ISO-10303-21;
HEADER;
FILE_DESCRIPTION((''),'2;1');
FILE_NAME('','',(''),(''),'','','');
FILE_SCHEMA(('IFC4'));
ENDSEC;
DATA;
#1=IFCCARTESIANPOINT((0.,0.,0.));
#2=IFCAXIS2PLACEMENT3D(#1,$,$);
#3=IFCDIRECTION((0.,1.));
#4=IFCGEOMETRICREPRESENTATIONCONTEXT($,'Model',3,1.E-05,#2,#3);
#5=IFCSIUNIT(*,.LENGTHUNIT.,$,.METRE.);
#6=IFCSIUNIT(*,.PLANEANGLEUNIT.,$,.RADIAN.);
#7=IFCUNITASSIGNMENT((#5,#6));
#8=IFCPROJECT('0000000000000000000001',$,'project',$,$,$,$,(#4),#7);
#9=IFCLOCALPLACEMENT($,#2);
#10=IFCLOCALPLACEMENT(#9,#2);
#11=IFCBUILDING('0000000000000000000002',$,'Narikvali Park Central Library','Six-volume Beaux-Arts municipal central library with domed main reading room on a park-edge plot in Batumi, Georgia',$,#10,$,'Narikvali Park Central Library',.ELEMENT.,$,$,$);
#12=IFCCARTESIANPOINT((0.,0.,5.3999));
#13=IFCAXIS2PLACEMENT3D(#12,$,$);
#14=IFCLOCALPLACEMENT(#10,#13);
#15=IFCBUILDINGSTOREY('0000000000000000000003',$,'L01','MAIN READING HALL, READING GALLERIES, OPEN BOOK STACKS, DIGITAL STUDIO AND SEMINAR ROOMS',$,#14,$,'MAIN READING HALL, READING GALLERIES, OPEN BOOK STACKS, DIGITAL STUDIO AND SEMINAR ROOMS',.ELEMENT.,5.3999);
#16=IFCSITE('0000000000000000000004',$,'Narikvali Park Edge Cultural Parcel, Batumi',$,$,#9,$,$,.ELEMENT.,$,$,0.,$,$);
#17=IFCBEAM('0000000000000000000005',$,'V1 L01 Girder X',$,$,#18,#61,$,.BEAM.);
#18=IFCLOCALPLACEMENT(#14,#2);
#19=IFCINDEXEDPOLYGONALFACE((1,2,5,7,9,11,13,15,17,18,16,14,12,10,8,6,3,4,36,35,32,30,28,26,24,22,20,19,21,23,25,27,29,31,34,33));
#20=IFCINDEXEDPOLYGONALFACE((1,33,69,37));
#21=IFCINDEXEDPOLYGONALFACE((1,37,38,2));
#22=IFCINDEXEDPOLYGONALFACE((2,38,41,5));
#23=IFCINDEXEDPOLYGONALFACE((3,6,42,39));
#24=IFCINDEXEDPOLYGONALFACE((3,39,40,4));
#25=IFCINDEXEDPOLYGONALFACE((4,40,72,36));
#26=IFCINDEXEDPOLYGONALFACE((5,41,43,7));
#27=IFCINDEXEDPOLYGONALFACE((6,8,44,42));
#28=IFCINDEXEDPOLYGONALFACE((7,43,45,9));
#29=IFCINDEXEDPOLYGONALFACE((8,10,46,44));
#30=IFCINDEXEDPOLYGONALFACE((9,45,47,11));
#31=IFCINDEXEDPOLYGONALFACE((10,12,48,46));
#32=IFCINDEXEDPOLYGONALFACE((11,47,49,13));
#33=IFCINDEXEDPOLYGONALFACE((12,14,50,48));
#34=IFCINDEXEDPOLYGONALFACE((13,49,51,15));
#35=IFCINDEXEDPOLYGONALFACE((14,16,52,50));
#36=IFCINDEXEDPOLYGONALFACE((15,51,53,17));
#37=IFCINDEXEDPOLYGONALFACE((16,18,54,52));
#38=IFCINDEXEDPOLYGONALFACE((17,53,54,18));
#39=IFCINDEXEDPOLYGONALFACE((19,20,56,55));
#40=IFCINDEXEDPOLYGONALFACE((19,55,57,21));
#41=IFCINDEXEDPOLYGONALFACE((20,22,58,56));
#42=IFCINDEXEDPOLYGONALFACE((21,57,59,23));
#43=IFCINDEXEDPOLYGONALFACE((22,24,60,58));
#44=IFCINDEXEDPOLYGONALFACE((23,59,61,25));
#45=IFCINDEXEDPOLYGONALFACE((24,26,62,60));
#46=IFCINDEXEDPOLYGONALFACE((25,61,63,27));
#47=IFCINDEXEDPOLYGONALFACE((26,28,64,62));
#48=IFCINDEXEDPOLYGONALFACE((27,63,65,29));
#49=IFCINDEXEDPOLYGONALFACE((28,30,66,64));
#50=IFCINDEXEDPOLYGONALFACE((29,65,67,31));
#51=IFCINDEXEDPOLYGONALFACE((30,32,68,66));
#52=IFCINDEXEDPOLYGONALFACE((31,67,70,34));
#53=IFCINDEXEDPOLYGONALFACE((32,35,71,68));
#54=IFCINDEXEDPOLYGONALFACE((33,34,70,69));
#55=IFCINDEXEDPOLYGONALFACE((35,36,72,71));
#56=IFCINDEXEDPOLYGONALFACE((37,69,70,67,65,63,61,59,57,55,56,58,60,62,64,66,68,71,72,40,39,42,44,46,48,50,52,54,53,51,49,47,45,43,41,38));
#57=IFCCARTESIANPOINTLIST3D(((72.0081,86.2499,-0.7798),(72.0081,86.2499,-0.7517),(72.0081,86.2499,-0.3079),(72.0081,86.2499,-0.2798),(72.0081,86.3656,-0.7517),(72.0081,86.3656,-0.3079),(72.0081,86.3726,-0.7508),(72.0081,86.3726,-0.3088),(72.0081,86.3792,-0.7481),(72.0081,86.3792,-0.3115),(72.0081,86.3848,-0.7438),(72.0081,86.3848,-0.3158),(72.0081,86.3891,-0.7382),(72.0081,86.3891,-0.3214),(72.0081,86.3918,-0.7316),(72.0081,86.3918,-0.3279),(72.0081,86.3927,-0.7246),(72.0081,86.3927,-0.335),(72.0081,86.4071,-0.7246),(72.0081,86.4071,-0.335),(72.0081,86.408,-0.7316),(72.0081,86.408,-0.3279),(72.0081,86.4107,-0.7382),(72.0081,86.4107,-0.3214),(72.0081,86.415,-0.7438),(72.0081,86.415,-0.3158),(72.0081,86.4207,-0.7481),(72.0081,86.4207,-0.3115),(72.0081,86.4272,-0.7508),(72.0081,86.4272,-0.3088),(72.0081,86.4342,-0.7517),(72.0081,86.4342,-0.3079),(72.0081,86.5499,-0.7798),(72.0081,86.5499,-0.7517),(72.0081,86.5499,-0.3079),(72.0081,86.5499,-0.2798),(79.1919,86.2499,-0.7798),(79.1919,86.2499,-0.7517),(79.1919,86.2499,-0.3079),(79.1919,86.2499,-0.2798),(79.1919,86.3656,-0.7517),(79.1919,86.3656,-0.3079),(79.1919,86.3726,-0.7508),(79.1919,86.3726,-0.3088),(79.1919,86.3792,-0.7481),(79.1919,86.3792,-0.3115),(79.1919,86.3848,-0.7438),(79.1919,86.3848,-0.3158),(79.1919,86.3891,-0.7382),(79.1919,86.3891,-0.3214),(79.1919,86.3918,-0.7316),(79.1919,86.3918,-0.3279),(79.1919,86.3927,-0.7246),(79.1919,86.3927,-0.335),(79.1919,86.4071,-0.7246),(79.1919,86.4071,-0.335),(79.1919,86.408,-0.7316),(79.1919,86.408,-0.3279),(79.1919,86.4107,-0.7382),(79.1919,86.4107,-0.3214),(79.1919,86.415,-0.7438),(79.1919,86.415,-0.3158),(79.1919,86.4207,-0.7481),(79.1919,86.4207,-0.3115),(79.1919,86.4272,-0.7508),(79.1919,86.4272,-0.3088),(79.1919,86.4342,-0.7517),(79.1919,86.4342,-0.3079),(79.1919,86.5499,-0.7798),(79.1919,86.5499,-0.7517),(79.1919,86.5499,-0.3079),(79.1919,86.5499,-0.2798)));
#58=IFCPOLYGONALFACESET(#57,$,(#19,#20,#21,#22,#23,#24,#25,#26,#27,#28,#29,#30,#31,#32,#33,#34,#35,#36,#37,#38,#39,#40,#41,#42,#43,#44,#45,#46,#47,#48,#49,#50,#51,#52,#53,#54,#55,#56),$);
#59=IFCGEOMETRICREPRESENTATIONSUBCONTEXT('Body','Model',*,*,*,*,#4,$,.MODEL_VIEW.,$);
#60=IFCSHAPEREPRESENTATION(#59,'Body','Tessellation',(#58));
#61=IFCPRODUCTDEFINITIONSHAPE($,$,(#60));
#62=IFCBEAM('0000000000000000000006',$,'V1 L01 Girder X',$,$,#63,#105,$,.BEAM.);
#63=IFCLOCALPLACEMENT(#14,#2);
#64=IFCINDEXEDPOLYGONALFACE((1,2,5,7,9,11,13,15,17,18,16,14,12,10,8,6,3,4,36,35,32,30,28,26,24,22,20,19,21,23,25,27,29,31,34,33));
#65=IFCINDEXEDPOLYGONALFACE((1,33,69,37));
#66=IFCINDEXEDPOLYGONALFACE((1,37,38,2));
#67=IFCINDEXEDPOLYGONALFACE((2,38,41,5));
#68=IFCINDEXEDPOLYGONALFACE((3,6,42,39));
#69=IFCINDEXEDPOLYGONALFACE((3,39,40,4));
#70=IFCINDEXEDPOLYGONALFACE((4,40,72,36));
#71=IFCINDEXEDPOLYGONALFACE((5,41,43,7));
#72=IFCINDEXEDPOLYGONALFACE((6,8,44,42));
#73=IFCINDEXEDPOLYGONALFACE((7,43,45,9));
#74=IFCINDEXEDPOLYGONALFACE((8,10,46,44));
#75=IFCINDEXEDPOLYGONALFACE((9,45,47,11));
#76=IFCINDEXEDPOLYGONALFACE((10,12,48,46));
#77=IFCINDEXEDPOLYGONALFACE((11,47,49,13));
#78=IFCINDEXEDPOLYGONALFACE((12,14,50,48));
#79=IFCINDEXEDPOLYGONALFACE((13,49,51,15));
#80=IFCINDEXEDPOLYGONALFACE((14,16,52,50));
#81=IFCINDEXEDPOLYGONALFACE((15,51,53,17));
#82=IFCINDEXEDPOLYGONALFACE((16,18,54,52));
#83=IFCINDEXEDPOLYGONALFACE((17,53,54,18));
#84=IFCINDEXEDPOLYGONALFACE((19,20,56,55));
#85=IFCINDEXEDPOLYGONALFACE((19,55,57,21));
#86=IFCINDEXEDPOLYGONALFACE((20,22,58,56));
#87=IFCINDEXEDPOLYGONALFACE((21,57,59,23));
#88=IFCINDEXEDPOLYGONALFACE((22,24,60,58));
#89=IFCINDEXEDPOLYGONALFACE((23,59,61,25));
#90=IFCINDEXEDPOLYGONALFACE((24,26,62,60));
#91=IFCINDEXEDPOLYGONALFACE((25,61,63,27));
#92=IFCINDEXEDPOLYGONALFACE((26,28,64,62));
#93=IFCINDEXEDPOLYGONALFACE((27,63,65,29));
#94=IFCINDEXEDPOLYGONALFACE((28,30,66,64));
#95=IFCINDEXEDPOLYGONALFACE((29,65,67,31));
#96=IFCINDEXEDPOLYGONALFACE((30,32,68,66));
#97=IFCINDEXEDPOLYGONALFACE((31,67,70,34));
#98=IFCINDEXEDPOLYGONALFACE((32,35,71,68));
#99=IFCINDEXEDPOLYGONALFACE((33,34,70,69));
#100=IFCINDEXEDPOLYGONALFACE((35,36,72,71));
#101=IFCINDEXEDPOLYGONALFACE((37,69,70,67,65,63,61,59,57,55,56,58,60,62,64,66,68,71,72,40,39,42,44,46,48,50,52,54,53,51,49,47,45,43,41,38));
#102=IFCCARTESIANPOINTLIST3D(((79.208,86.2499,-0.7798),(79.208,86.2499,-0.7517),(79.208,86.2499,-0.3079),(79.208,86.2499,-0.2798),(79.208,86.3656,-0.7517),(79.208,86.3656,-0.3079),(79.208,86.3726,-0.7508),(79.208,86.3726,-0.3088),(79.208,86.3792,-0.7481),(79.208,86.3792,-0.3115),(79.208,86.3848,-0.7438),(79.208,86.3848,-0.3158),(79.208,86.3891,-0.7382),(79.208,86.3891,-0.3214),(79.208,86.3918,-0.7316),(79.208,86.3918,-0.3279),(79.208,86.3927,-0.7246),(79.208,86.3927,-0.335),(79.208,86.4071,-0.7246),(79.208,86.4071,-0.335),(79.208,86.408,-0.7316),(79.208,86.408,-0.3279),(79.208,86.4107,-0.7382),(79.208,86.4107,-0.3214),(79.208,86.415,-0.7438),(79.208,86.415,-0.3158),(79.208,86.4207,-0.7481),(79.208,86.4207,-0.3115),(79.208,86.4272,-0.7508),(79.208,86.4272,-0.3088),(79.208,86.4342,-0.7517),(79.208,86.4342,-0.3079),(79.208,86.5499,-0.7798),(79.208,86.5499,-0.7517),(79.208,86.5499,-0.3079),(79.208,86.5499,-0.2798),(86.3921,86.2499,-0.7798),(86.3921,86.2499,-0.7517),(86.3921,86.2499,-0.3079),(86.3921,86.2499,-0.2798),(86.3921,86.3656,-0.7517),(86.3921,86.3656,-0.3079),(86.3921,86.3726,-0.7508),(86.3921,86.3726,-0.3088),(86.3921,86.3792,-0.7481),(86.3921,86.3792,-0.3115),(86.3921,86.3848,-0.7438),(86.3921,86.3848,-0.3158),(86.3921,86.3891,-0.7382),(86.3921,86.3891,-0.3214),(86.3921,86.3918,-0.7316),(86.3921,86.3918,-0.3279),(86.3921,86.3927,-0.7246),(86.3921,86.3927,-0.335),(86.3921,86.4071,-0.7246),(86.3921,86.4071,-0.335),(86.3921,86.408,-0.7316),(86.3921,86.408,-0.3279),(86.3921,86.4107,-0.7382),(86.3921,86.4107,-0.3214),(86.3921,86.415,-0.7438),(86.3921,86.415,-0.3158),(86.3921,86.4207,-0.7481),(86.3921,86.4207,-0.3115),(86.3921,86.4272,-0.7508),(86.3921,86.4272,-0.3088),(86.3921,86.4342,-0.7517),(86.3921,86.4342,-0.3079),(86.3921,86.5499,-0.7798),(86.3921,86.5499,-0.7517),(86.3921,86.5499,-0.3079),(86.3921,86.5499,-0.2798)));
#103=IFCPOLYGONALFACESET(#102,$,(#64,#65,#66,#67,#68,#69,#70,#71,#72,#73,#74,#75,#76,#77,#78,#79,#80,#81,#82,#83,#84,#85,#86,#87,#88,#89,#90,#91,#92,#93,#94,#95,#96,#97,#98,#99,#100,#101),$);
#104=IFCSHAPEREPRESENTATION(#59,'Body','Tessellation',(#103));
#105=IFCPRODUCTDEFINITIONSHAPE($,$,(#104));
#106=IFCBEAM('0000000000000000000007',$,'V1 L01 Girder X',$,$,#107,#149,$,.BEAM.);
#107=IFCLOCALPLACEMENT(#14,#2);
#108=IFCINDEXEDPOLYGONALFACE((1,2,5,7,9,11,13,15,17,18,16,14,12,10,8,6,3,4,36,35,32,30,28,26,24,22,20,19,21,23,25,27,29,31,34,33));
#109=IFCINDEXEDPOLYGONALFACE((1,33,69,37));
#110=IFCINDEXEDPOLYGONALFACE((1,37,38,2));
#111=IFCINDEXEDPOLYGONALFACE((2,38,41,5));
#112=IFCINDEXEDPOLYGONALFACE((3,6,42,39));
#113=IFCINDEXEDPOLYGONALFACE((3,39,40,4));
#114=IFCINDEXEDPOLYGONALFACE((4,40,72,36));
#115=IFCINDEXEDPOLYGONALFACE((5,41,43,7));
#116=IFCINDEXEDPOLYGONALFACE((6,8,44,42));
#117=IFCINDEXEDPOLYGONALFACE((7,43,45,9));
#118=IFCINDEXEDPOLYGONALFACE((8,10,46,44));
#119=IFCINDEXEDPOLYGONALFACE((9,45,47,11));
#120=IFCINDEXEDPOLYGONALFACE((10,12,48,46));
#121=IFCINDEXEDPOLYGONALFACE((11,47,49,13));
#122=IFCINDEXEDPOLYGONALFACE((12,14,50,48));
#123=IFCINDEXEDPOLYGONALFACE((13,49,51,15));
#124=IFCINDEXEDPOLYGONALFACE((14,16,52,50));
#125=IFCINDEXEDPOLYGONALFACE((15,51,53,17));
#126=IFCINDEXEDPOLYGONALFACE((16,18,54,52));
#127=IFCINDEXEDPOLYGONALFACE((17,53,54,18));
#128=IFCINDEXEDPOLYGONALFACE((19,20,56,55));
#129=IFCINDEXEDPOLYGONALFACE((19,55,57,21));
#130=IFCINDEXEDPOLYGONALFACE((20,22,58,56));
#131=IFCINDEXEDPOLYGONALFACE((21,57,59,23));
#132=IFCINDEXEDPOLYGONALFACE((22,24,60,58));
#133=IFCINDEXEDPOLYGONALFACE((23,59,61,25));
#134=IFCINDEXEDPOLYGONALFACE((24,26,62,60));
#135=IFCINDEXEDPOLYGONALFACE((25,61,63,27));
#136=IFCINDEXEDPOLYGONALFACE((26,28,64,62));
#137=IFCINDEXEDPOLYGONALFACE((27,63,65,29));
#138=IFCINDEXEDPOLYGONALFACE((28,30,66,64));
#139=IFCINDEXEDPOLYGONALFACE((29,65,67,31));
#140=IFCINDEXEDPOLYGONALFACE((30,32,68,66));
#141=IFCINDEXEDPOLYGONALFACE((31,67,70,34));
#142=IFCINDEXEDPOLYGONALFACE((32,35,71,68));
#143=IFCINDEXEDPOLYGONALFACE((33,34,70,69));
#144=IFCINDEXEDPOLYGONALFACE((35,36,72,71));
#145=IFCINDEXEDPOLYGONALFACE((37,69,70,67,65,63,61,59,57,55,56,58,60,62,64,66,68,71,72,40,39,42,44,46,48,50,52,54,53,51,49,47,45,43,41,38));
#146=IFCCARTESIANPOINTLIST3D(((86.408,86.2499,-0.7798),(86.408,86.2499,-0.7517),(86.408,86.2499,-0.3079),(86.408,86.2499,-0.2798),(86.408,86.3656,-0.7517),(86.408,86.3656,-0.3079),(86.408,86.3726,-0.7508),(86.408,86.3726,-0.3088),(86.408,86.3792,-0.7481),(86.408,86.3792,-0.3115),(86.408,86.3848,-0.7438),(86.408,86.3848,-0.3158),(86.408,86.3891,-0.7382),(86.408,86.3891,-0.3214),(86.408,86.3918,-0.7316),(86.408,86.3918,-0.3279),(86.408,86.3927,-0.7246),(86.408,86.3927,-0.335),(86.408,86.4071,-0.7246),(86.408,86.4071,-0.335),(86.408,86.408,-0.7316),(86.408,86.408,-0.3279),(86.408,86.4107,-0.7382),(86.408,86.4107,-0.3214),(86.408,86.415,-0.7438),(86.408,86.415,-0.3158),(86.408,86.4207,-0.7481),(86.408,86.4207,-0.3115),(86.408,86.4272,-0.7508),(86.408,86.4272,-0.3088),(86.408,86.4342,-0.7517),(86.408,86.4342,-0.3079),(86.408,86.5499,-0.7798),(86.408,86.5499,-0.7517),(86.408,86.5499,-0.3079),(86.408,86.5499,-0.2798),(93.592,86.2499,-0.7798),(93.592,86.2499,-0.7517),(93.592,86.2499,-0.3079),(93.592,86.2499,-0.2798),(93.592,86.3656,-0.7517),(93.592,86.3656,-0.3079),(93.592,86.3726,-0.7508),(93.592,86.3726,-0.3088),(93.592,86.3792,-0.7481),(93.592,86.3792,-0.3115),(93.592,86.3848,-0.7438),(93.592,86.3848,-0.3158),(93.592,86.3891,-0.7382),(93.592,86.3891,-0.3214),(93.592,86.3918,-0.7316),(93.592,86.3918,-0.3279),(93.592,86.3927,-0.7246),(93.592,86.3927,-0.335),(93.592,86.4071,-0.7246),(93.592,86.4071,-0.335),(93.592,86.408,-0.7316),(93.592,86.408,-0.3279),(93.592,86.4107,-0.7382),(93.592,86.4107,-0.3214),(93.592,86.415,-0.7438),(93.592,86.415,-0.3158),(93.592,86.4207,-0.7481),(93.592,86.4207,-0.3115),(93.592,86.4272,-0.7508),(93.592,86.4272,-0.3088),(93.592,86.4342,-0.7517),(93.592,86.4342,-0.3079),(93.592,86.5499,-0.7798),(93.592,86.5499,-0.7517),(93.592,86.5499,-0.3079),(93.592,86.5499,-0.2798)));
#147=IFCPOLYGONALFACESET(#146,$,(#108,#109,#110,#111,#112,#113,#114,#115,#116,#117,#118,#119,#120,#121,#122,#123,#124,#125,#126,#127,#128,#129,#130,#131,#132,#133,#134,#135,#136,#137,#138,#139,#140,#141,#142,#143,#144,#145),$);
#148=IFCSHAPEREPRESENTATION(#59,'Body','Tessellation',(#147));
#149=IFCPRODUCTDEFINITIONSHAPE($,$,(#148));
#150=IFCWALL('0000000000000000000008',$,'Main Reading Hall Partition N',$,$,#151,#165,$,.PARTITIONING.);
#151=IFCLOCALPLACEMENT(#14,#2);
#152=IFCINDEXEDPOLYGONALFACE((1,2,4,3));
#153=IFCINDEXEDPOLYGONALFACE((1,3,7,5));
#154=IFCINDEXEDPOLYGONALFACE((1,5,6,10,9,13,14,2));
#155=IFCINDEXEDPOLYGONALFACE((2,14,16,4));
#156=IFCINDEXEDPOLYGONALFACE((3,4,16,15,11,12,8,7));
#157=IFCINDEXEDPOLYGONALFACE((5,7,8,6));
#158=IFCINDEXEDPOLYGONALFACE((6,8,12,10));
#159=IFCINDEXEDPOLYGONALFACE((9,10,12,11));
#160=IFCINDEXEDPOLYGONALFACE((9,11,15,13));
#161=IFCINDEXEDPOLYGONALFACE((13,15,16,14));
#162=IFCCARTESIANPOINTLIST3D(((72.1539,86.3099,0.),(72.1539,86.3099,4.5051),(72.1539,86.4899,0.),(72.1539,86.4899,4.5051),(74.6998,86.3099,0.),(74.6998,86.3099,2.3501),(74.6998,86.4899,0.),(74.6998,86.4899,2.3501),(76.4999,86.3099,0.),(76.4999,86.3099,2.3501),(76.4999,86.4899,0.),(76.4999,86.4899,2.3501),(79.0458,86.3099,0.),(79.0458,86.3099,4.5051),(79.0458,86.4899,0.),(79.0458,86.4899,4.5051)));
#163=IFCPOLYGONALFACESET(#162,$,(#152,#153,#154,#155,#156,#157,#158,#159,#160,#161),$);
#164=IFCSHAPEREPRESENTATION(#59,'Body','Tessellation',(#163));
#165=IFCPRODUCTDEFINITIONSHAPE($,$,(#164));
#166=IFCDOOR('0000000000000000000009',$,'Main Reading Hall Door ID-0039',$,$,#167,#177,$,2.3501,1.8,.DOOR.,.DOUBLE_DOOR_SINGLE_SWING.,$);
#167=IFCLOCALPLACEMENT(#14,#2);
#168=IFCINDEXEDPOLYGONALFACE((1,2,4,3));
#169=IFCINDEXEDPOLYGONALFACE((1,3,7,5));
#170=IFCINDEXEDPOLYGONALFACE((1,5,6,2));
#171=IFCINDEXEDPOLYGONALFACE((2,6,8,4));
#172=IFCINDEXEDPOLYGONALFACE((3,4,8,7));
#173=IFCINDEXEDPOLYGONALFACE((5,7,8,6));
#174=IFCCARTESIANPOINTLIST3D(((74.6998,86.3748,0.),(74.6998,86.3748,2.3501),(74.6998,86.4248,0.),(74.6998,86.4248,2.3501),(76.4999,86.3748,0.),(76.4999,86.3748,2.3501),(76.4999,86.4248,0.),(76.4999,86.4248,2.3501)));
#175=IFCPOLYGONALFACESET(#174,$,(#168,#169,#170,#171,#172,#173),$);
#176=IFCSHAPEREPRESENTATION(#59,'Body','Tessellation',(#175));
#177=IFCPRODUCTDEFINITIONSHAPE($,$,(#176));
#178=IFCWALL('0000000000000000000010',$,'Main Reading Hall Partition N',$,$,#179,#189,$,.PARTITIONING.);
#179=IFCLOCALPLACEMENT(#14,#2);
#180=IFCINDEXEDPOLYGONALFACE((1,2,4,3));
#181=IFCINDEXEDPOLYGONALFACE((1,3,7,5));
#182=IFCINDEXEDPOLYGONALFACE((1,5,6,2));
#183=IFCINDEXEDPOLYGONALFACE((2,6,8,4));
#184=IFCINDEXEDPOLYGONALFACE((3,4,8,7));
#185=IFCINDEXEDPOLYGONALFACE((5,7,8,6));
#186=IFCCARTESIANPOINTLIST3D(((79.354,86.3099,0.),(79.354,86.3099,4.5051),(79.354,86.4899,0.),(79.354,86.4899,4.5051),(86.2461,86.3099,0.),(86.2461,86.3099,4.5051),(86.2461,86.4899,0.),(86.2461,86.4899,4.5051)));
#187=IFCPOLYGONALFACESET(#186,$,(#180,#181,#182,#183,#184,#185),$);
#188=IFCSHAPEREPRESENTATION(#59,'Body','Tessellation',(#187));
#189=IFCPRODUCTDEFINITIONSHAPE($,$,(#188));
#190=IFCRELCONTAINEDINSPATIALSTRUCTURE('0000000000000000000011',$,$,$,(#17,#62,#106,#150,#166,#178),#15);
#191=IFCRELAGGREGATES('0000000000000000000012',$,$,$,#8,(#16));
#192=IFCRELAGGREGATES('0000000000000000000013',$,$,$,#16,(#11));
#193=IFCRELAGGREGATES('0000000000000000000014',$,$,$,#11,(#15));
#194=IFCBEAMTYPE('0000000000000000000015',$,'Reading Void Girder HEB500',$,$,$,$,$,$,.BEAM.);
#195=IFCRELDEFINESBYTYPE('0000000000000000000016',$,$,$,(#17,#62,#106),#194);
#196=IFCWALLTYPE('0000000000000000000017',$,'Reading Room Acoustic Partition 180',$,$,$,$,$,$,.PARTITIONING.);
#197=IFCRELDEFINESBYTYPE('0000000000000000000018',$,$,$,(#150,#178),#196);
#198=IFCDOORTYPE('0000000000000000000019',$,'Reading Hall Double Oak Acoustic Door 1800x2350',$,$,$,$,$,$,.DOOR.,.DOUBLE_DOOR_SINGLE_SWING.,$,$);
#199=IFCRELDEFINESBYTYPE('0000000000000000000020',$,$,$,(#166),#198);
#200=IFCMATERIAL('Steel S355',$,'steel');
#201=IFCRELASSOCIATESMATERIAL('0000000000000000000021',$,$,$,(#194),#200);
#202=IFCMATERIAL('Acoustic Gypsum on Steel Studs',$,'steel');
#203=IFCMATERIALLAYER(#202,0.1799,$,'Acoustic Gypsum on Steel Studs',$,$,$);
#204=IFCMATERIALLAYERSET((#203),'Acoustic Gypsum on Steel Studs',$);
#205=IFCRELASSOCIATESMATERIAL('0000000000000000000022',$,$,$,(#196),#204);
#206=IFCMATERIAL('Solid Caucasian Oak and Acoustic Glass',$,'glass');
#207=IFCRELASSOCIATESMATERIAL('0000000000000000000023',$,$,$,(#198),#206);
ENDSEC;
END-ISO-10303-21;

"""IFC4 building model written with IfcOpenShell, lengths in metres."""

from ifc_helpers import new_model, si_unit, direction, frame, frame_2d, origin, origin_2d, place, context, subcontext, project, spatial, rectangle, i_section, extrude, material, layer, layer_set, material_profile, profile_set, type_object, element, fill, save


model = new_model("IFC4")

# Units and contexts
model_context = context("Model", 3, precision=1e-05, world=origin(), true_north=direction((0.0, 1.0)))
body_context = subcontext(model_context, "Body", "Model", "MODEL_VIEW")
ifc_project = project(units=[si_unit("LENGTHUNIT", "METRE"), si_unit("PLANEANGLEUNIT", "RADIAN")], contexts=[model_context])

# Site, building, storey
site_placement = place(None, origin())
site = spatial("IfcSite", under=ifc_project, at=site_placement, Name="Narikvali Park Edge Cultural Parcel, Batumi", CompositionType="ELEMENT", RefElevation=0.0)
building_placement = place(site_placement, origin())
building = spatial("IfcBuilding", under=site, at=building_placement, Name="Narikvali Park Central Library", Description="Six-volume Beaux-Arts municipal central library with domed main reading room on a park-edge plot in Batumi, Georgia", LongName="Narikvali Park Central Library", CompositionType="ELEMENT")
storey_placement = place(building_placement, frame((0.0, 0.0, 5.3999)))
storey = spatial("IfcBuildingStorey", under=building, at=storey_placement, Name="L01", Description="MAIN READING HALL, READING GALLERIES, OPEN BOOK STACKS, DIGITAL STUDIO AND SEMINAR ROOMS", LongName="MAIN READING HALL, READING GALLERIES, OPEN BOOK STACKS, DIGITAL STUDIO AND SEMINAR ROOMS", CompositionType="ELEMENT", Elevation=5.3999)

# Shared definitions
ifc_material_1 = material(Name="Steel S355", Category="steel")

# Beams
ifc_material_profile_1 = material_profile(ifc_material_1, i_section(OverallWidth=0.3, OverallDepth=0.5, WebThickness=0.0144, FlangeThickness=0.0281, FilletRadius=0.0271, at=origin_2d()), Name="HEB 500")
ifc_profile_set_1 = profile_set([ifc_material_profile_1], Name="Steel S355")
beam_type_1 = type_object("IfcBeamType", Name="Reading Void Girder HEB500", PredefinedType="BEAM", material=ifc_profile_set_1)
beam_1_placement = place(storey_placement, frame((72.0081, 86.3999, -0.5298), z_axis=(1.0, 0.0, 0.0), x_axis=(0.0, 1.0, 0.0)))
element("IfcBeam", 1, at=beam_1_placement, inside=storey, type_object=beam_type_1, Name="V1 L01 Girder X", PredefinedType="BEAM", context=body_context, shape_type="SweptSolid", body=[
    extrude(i_section(OverallWidth=0.3, OverallDepth=0.5, WebThickness=0.0144, FlangeThickness=0.0281, FilletRadius=0.0271, at=origin_2d()), origin(), (0.0, 0.0, 1.0), 7.1838),
])
for number, where, z_axis, x_axis, name in (
    (2, (79.208, 86.3999, -0.5298), (1.0, 0.0, 0.0), (0.0, 1.0, 0.0), "V1 L01 Girder X"),
    (3, (86.408, 86.3999, -0.5298), (1.0, 0.0, 0.0), (0.0, 1.0, 0.0), "V1 L01 Girder X"),
):
    element("IfcBeam", number, at=place(storey_placement, frame(where, z_axis=z_axis, x_axis=x_axis)), inside=storey, type_object=beam_type_1, Name=name, PredefinedType="BEAM", context=body_context, shape_type="SweptSolid", body=[
        extrude(i_section(OverallWidth=0.3, OverallDepth=0.5, WebThickness=0.0144, FlangeThickness=0.0281, FilletRadius=0.0271, at=origin_2d()), origin(), (0.0, 0.0, 1.0), 7.1841),
    ])

# Wall, opening, door
ifc_material_2 = material(Name="Acoustic Gypsum on Steel Studs", Category="steel")
ifc_layer_1 = layer(ifc_material_2, 0.1799, Name="Acoustic Gypsum on Steel Studs")
ifc_layer_set_1 = layer_set([ifc_layer_1], Name="Acoustic Gypsum on Steel Studs")
wall_type_1 = type_object("IfcWallType", Name="Reading Room Acoustic Partition 180", PredefinedType="PARTITIONING", material=ifc_layer_set_1)
wall_1_placement = place(storey_placement, frame((72.1541, 86.3999, 0.0), z_axis=(0.0, 0.0, 1.0), x_axis=(1.0, 0.0, 0.0)))
wall_1 = element("IfcWall", 4, at=wall_1_placement, inside=storey, type_object=wall_type_1, Name="Main Reading Hall Partition N", PredefinedType="PARTITIONING", context=body_context, shape_type="SweptSolid", body=[
    extrude(rectangle(XDim=6.8918, YDim=0.1799, at=frame_2d((3.4458, 0.0))), origin(), (0.0, 0.0, 1.0), 4.5051),
])
opening_1_placement = place(wall_1_placement, frame((2.5459, 0.0, 0.0)))
opening_1 = element("IfcOpeningElement", 5, at=opening_1_placement, cuts=wall_1, PredefinedType="OPENING", context=body_context, shape_type="SweptSolid", body=[
    extrude(rectangle(XDim=1.8, YDim=2.3501, at=frame_2d((0.8999, 1.175))), frame((0.0, 0.1021, 0.0), z_axis=(0.0, -1.0, 0.0), x_axis=(1.0, 0.0, 0.0)), (0.0, 0.0, 1.0), 0.2039),
])
ifc_material_3 = material(Name="Solid Caucasian Oak and Acoustic Glass", Category="glass")
door_type_1 = type_object("IfcDoorType", Name="Reading Hall Double Oak Acoustic Door 1800x2350", OperationType="DOUBLE_DOOR_SINGLE_SWING", PredefinedType="DOOR", material=ifc_material_3)
door_1_placement = place(opening_1_placement, origin())
door_1 = element("IfcDoor", 6, at=door_1_placement, inside=storey, type_object=door_type_1, Name="Main Reading Hall Door ID-0039", OperationType="DOUBLE_DOOR_SINGLE_SWING", OverallHeight=2.3501, OverallWidth=1.8, PredefinedType="DOOR", context=body_context, shape_type="SweptSolid", body=[
    extrude(rectangle(XDim=1.8, YDim=2.3501, at=frame_2d((0.8999, 1.175))), frame((0.0, 0.0249, 0.0), z_axis=(0.0, -1.0, 0.0), x_axis=(1.0, 0.0, 0.0)), (0.0, 0.0, 1.0), 0.05),
])
fill(opening_1, door_1)

# Wall
for number, where, z_axis, x_axis, name in (
    (7, (79.354, 86.3999, 0.0), (0.0, 0.0, 1.0), (1.0, 0.0, 0.0), "Main Reading Hall Partition N"),
):
    element("IfcWall", number, at=place(storey_placement, frame(where, z_axis=z_axis, x_axis=x_axis)), inside=storey, type_object=wall_type_1, Name=name, PredefinedType="PARTITIONING", context=body_context, shape_type="SweptSolid", body=[
        extrude(rectangle(XDim=6.8921, YDim=0.1799, at=frame_2d((3.446, 0.0))), origin(), (0.0, 0.0, 1.0), 4.5051),
    ])

save(model, "model.ifc")
